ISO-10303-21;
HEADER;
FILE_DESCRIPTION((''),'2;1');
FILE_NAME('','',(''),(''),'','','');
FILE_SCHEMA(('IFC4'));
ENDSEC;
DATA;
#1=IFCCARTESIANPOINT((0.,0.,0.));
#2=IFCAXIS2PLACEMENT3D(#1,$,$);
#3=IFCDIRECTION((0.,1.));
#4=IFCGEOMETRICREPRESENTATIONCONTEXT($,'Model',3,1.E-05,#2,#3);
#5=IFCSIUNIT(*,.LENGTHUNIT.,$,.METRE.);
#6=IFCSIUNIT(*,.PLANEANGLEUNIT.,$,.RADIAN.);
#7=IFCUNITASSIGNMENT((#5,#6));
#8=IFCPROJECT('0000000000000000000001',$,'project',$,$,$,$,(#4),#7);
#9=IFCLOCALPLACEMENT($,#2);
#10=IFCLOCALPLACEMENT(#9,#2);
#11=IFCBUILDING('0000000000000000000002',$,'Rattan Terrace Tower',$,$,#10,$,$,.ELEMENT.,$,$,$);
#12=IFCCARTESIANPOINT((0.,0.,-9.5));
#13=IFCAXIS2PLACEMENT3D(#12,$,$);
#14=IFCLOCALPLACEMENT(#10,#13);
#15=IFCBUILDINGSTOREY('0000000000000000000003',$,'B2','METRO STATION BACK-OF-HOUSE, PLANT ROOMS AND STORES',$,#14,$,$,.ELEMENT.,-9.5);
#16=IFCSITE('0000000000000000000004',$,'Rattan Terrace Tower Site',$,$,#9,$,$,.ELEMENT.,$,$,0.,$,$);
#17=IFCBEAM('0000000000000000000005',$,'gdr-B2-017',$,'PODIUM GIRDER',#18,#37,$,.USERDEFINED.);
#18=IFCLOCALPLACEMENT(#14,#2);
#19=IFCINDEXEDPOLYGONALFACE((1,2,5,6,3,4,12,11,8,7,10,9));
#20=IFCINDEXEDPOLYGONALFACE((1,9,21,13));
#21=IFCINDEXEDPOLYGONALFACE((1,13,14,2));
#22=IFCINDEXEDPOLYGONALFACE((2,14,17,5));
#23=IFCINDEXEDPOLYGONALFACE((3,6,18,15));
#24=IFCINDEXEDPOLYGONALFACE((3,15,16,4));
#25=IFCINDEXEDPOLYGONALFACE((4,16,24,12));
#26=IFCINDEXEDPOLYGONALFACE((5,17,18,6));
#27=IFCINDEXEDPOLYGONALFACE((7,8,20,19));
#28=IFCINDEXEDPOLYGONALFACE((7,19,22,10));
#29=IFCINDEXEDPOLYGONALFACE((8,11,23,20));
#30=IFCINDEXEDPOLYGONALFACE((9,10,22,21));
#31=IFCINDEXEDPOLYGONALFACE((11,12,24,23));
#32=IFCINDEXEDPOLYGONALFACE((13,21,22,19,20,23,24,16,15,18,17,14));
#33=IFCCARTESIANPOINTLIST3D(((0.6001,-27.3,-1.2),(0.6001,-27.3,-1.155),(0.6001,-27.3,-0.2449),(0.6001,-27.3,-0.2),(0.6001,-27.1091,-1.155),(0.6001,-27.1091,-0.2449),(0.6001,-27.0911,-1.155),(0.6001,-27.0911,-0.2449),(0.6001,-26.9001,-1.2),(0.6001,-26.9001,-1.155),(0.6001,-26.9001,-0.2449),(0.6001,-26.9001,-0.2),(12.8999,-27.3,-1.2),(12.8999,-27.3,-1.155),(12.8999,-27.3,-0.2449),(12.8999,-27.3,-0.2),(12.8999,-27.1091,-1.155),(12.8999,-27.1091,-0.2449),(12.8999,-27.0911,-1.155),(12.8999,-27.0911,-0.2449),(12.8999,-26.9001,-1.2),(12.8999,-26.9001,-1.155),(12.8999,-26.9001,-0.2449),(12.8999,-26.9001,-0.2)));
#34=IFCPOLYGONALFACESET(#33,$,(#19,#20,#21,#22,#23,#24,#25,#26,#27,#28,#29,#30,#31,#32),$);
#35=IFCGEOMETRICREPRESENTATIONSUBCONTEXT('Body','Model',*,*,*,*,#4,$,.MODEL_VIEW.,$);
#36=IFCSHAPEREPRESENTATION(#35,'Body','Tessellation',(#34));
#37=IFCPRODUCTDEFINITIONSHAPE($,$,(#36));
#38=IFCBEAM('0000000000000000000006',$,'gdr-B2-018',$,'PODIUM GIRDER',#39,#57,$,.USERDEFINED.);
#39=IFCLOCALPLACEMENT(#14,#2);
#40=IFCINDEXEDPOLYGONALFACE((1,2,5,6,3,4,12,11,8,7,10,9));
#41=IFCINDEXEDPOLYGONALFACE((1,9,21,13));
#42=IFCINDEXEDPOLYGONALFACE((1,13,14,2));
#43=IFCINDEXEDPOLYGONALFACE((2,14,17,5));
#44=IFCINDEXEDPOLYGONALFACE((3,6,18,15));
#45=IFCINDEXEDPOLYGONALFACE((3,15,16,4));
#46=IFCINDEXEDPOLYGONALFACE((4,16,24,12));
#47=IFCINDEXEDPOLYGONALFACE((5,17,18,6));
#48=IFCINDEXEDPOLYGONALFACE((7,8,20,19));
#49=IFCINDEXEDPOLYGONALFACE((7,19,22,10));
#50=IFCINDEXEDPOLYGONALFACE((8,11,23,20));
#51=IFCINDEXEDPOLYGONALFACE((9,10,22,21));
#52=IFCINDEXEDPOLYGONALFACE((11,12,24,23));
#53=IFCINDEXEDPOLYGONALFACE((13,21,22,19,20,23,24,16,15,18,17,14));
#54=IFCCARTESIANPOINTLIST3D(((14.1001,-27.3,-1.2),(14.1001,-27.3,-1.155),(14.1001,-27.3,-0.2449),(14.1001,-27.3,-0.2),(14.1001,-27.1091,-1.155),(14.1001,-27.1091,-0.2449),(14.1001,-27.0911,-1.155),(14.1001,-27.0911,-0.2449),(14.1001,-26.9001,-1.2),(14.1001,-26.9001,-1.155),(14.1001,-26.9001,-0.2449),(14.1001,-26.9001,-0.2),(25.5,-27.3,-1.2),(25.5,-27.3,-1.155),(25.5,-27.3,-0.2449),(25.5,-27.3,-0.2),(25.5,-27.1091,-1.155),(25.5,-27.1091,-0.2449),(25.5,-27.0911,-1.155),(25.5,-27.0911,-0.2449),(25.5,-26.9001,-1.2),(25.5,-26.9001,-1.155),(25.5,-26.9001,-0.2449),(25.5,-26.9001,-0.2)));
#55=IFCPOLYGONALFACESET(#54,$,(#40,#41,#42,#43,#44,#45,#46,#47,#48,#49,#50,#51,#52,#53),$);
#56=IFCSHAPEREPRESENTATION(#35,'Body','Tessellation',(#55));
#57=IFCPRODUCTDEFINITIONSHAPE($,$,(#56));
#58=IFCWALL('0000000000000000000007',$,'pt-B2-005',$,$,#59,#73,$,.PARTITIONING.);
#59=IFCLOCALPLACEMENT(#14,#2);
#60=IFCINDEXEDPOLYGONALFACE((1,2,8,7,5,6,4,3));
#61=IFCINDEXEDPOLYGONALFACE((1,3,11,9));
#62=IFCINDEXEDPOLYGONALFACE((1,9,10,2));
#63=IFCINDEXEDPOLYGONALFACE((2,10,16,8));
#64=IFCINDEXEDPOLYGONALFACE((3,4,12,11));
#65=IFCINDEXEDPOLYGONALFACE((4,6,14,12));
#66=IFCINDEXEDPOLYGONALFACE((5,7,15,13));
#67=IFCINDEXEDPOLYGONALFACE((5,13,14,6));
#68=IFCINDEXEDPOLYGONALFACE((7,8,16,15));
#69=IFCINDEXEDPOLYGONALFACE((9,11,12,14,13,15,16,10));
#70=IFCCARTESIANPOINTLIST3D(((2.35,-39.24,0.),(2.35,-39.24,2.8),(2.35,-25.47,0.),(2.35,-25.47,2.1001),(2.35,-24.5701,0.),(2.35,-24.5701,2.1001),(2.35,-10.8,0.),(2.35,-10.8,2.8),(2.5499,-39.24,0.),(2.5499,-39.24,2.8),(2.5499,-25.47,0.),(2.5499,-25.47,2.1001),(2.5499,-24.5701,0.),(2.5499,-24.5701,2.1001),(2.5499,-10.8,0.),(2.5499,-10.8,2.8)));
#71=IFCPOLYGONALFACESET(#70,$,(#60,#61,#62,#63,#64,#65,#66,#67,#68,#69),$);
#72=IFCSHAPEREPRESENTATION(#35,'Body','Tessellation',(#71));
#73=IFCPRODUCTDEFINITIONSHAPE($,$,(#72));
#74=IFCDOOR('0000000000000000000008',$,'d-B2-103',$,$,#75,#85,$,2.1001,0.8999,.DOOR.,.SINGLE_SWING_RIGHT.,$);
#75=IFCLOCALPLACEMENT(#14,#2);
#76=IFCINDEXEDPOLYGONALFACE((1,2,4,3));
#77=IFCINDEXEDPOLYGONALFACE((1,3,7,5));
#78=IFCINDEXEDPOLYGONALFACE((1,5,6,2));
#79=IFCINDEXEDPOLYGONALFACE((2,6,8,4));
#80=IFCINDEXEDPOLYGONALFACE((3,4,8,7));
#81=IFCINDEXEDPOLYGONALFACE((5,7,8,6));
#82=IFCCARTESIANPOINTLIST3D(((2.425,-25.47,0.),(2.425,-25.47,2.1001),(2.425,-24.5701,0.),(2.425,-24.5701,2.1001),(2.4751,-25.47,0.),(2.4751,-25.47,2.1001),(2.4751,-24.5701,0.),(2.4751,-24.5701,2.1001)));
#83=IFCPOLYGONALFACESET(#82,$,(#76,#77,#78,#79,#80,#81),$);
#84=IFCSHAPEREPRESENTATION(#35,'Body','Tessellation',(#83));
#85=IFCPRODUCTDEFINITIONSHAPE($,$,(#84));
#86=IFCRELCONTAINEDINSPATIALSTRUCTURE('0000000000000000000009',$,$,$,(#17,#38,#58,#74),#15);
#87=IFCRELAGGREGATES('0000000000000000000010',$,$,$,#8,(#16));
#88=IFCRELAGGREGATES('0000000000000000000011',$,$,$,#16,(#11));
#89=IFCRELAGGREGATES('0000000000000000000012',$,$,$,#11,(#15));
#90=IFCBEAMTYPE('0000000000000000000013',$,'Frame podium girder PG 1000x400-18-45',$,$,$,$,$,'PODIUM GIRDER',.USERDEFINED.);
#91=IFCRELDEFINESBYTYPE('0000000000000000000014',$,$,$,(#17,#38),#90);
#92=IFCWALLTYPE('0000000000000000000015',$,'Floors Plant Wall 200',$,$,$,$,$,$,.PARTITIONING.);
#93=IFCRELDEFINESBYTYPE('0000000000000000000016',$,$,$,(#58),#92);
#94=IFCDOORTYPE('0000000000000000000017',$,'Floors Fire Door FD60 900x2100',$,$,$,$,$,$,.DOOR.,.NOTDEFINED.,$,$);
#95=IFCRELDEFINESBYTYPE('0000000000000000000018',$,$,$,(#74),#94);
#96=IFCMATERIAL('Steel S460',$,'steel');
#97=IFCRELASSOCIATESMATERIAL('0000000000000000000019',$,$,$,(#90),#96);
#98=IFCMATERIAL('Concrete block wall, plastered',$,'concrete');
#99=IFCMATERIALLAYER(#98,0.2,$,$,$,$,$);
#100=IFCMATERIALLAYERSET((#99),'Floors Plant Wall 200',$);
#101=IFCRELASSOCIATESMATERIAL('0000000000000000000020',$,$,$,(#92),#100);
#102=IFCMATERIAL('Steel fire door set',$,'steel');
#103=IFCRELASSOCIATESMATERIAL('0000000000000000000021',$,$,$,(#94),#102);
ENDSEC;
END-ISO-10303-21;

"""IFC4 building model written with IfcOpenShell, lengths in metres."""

from ifc_helpers import new_model, si_unit, direction, frame, frame_2d, origin, origin_2d, place, context, subcontext, project, spatial, rectangle, i_section, extrude, material, layer, layer_set, material_profile, profile_set, type_object, element, fill, save


model = new_model("IFC4")

# Units and contexts
model_context = context("Model", 3, precision=1e-05, world=origin(), true_north=direction((0.0, 1.0)))
body_context = subcontext(model_context, "Body", "Model", "MODEL_VIEW")
ifc_project = project(units=[si_unit("LENGTHUNIT", "METRE"), si_unit("PLANEANGLEUNIT", "RADIAN")], contexts=[model_context])

# Site, building, storey
site_placement = place(None, origin())
site = spatial("IfcSite", under=ifc_project, at=site_placement, Name="Rattan Terrace Tower Site", CompositionType="ELEMENT", RefElevation=0.0)
building_placement = place(site_placement, origin())
building = spatial("IfcBuilding", under=site, at=building_placement, Name="Rattan Terrace Tower", CompositionType="ELEMENT")
storey_placement = place(building_placement, frame((0.0, 0.0, -9.5)))
storey = spatial("IfcBuildingStorey", under=building, at=storey_placement, Name="B2", Description="METRO STATION BACK-OF-HOUSE, PLANT ROOMS AND STORES", CompositionType="ELEMENT", Elevation=-9.5)

# Beams
ifc_material_1 = material(Name="Steel S460", Category="steel")
ifc_material_profile_1 = material_profile(ifc_material_1, i_section(OverallWidth=0.3999, OverallDepth=1.0, WebThickness=0.0181, FlangeThickness=0.0449, at=origin_2d()), Name="PG 1000x400-18-45")
ifc_profile_set_1 = profile_set([ifc_material_profile_1], Name="Steel S460")
beam_type_1 = type_object("IfcBeamType", Name="Frame podium girder PG 1000x400-18-45", ElementType="PODIUM GIRDER", PredefinedType="USERDEFINED", material=ifc_profile_set_1)
beam_1_placement = place(storey_placement, frame((0.6001, -27.1001, -0.7), z_axis=(1.0, 0.0, 0.0), x_axis=(0.0, 1.0, 0.0)))
element("IfcBeam", 1, at=beam_1_placement, inside=storey, type_object=beam_type_1, Name="gdr-B2-017", ObjectType="PODIUM GIRDER", PredefinedType="USERDEFINED", context=body_context, shape_type="SweptSolid", body=[
    extrude(i_section(OverallWidth=0.3999, OverallDepth=1.0, WebThickness=0.0181, FlangeThickness=0.0449, at=origin_2d()), origin(), (0.0, 0.0, 1.0), 12.2998),
])
beam_2_placement = place(storey_placement, frame((14.1001, -27.1001, -0.7), z_axis=(1.0, 0.0, 0.0), x_axis=(0.0, 1.0, 0.0)))
element("IfcBeam", 2, at=beam_2_placement, inside=storey, type_object=beam_type_1, Name="gdr-B2-018", ObjectType="PODIUM GIRDER", PredefinedType="USERDEFINED", context=body_context, shape_type="SweptSolid", body=[
    extrude(i_section(OverallWidth=0.3999, OverallDepth=1.0, WebThickness=0.0181, FlangeThickness=0.0449, at=origin_2d()), origin(), (0.0, 0.0, 1.0), 11.3999),
])

# Wall, opening, door
ifc_material_2 = material(Name="Concrete block wall, plastered", Category="concrete")
ifc_layer = layer(ifc_material_2, 0.2)
ifc_layer_set = layer_set([ifc_layer], Name="Floors Plant Wall 200")
wall_type = type_object("IfcWallType", Name="Floors Plant Wall 200", PredefinedType="PARTITIONING", material=ifc_layer_set)
wall_placement = place(storey_placement, frame((2.45, -39.24, 0.0), z_axis=(0.0, 0.0, 1.0), x_axis=(0.0, 1.0, 0.0)))
wall = element("IfcWall", 3, at=wall_placement, inside=storey, type_object=wall_type, Name="pt-B2-005", PredefinedType="PARTITIONING", context=body_context, shape_type="SweptSolid", body=[
    extrude(rectangle(XDim=28.4399, YDim=0.2, at=frame_2d((14.22, 0.0))), origin(), (0.0, 0.0, 1.0), 2.8),
])
opening_placement = place(wall_placement, frame((13.77, 0.0, 0.0)))
opening = element("IfcOpeningElement", 4, at=opening_placement, cuts=wall, PredefinedType="OPENING", context=body_context, shape_type="SweptSolid", body=[
    extrude(rectangle(XDim=0.8999, YDim=2.1001, at=frame_2d((0.45, 1.05))), frame((0.0, 0.1106, 0.0), z_axis=(0.0, -1.0, 0.0), x_axis=(1.0, 0.0, 0.0)), (0.0, 0.0, 1.0), 0.2209),
])
ifc_material_3 = material(Name="Steel fire door set", Category="steel")
door_type = type_object("IfcDoorType", Name="Floors Fire Door FD60 900x2100", OperationType="NOTDEFINED", PredefinedType="DOOR", material=ifc_material_3)
door_placement = place(opening_placement, origin())
door = element("IfcDoor", 5, at=door_placement, inside=storey, type_object=door_type, Name="d-B2-103", OperationType="SINGLE_SWING_RIGHT", OverallHeight=2.1001, OverallWidth=0.8999, PredefinedType="DOOR", context=body_context, shape_type="SweptSolid", body=[
    extrude(rectangle(XDim=0.8999, YDim=2.1001, at=frame_2d((0.45, 1.05))), frame((0.0, 0.0249, 0.0), z_axis=(0.0, -1.0, 0.0), x_axis=(1.0, 0.0, 0.0)), (0.0, 0.0, 1.0), 0.05),
])
fill(opening, door)

save(model, "model.ifc")
